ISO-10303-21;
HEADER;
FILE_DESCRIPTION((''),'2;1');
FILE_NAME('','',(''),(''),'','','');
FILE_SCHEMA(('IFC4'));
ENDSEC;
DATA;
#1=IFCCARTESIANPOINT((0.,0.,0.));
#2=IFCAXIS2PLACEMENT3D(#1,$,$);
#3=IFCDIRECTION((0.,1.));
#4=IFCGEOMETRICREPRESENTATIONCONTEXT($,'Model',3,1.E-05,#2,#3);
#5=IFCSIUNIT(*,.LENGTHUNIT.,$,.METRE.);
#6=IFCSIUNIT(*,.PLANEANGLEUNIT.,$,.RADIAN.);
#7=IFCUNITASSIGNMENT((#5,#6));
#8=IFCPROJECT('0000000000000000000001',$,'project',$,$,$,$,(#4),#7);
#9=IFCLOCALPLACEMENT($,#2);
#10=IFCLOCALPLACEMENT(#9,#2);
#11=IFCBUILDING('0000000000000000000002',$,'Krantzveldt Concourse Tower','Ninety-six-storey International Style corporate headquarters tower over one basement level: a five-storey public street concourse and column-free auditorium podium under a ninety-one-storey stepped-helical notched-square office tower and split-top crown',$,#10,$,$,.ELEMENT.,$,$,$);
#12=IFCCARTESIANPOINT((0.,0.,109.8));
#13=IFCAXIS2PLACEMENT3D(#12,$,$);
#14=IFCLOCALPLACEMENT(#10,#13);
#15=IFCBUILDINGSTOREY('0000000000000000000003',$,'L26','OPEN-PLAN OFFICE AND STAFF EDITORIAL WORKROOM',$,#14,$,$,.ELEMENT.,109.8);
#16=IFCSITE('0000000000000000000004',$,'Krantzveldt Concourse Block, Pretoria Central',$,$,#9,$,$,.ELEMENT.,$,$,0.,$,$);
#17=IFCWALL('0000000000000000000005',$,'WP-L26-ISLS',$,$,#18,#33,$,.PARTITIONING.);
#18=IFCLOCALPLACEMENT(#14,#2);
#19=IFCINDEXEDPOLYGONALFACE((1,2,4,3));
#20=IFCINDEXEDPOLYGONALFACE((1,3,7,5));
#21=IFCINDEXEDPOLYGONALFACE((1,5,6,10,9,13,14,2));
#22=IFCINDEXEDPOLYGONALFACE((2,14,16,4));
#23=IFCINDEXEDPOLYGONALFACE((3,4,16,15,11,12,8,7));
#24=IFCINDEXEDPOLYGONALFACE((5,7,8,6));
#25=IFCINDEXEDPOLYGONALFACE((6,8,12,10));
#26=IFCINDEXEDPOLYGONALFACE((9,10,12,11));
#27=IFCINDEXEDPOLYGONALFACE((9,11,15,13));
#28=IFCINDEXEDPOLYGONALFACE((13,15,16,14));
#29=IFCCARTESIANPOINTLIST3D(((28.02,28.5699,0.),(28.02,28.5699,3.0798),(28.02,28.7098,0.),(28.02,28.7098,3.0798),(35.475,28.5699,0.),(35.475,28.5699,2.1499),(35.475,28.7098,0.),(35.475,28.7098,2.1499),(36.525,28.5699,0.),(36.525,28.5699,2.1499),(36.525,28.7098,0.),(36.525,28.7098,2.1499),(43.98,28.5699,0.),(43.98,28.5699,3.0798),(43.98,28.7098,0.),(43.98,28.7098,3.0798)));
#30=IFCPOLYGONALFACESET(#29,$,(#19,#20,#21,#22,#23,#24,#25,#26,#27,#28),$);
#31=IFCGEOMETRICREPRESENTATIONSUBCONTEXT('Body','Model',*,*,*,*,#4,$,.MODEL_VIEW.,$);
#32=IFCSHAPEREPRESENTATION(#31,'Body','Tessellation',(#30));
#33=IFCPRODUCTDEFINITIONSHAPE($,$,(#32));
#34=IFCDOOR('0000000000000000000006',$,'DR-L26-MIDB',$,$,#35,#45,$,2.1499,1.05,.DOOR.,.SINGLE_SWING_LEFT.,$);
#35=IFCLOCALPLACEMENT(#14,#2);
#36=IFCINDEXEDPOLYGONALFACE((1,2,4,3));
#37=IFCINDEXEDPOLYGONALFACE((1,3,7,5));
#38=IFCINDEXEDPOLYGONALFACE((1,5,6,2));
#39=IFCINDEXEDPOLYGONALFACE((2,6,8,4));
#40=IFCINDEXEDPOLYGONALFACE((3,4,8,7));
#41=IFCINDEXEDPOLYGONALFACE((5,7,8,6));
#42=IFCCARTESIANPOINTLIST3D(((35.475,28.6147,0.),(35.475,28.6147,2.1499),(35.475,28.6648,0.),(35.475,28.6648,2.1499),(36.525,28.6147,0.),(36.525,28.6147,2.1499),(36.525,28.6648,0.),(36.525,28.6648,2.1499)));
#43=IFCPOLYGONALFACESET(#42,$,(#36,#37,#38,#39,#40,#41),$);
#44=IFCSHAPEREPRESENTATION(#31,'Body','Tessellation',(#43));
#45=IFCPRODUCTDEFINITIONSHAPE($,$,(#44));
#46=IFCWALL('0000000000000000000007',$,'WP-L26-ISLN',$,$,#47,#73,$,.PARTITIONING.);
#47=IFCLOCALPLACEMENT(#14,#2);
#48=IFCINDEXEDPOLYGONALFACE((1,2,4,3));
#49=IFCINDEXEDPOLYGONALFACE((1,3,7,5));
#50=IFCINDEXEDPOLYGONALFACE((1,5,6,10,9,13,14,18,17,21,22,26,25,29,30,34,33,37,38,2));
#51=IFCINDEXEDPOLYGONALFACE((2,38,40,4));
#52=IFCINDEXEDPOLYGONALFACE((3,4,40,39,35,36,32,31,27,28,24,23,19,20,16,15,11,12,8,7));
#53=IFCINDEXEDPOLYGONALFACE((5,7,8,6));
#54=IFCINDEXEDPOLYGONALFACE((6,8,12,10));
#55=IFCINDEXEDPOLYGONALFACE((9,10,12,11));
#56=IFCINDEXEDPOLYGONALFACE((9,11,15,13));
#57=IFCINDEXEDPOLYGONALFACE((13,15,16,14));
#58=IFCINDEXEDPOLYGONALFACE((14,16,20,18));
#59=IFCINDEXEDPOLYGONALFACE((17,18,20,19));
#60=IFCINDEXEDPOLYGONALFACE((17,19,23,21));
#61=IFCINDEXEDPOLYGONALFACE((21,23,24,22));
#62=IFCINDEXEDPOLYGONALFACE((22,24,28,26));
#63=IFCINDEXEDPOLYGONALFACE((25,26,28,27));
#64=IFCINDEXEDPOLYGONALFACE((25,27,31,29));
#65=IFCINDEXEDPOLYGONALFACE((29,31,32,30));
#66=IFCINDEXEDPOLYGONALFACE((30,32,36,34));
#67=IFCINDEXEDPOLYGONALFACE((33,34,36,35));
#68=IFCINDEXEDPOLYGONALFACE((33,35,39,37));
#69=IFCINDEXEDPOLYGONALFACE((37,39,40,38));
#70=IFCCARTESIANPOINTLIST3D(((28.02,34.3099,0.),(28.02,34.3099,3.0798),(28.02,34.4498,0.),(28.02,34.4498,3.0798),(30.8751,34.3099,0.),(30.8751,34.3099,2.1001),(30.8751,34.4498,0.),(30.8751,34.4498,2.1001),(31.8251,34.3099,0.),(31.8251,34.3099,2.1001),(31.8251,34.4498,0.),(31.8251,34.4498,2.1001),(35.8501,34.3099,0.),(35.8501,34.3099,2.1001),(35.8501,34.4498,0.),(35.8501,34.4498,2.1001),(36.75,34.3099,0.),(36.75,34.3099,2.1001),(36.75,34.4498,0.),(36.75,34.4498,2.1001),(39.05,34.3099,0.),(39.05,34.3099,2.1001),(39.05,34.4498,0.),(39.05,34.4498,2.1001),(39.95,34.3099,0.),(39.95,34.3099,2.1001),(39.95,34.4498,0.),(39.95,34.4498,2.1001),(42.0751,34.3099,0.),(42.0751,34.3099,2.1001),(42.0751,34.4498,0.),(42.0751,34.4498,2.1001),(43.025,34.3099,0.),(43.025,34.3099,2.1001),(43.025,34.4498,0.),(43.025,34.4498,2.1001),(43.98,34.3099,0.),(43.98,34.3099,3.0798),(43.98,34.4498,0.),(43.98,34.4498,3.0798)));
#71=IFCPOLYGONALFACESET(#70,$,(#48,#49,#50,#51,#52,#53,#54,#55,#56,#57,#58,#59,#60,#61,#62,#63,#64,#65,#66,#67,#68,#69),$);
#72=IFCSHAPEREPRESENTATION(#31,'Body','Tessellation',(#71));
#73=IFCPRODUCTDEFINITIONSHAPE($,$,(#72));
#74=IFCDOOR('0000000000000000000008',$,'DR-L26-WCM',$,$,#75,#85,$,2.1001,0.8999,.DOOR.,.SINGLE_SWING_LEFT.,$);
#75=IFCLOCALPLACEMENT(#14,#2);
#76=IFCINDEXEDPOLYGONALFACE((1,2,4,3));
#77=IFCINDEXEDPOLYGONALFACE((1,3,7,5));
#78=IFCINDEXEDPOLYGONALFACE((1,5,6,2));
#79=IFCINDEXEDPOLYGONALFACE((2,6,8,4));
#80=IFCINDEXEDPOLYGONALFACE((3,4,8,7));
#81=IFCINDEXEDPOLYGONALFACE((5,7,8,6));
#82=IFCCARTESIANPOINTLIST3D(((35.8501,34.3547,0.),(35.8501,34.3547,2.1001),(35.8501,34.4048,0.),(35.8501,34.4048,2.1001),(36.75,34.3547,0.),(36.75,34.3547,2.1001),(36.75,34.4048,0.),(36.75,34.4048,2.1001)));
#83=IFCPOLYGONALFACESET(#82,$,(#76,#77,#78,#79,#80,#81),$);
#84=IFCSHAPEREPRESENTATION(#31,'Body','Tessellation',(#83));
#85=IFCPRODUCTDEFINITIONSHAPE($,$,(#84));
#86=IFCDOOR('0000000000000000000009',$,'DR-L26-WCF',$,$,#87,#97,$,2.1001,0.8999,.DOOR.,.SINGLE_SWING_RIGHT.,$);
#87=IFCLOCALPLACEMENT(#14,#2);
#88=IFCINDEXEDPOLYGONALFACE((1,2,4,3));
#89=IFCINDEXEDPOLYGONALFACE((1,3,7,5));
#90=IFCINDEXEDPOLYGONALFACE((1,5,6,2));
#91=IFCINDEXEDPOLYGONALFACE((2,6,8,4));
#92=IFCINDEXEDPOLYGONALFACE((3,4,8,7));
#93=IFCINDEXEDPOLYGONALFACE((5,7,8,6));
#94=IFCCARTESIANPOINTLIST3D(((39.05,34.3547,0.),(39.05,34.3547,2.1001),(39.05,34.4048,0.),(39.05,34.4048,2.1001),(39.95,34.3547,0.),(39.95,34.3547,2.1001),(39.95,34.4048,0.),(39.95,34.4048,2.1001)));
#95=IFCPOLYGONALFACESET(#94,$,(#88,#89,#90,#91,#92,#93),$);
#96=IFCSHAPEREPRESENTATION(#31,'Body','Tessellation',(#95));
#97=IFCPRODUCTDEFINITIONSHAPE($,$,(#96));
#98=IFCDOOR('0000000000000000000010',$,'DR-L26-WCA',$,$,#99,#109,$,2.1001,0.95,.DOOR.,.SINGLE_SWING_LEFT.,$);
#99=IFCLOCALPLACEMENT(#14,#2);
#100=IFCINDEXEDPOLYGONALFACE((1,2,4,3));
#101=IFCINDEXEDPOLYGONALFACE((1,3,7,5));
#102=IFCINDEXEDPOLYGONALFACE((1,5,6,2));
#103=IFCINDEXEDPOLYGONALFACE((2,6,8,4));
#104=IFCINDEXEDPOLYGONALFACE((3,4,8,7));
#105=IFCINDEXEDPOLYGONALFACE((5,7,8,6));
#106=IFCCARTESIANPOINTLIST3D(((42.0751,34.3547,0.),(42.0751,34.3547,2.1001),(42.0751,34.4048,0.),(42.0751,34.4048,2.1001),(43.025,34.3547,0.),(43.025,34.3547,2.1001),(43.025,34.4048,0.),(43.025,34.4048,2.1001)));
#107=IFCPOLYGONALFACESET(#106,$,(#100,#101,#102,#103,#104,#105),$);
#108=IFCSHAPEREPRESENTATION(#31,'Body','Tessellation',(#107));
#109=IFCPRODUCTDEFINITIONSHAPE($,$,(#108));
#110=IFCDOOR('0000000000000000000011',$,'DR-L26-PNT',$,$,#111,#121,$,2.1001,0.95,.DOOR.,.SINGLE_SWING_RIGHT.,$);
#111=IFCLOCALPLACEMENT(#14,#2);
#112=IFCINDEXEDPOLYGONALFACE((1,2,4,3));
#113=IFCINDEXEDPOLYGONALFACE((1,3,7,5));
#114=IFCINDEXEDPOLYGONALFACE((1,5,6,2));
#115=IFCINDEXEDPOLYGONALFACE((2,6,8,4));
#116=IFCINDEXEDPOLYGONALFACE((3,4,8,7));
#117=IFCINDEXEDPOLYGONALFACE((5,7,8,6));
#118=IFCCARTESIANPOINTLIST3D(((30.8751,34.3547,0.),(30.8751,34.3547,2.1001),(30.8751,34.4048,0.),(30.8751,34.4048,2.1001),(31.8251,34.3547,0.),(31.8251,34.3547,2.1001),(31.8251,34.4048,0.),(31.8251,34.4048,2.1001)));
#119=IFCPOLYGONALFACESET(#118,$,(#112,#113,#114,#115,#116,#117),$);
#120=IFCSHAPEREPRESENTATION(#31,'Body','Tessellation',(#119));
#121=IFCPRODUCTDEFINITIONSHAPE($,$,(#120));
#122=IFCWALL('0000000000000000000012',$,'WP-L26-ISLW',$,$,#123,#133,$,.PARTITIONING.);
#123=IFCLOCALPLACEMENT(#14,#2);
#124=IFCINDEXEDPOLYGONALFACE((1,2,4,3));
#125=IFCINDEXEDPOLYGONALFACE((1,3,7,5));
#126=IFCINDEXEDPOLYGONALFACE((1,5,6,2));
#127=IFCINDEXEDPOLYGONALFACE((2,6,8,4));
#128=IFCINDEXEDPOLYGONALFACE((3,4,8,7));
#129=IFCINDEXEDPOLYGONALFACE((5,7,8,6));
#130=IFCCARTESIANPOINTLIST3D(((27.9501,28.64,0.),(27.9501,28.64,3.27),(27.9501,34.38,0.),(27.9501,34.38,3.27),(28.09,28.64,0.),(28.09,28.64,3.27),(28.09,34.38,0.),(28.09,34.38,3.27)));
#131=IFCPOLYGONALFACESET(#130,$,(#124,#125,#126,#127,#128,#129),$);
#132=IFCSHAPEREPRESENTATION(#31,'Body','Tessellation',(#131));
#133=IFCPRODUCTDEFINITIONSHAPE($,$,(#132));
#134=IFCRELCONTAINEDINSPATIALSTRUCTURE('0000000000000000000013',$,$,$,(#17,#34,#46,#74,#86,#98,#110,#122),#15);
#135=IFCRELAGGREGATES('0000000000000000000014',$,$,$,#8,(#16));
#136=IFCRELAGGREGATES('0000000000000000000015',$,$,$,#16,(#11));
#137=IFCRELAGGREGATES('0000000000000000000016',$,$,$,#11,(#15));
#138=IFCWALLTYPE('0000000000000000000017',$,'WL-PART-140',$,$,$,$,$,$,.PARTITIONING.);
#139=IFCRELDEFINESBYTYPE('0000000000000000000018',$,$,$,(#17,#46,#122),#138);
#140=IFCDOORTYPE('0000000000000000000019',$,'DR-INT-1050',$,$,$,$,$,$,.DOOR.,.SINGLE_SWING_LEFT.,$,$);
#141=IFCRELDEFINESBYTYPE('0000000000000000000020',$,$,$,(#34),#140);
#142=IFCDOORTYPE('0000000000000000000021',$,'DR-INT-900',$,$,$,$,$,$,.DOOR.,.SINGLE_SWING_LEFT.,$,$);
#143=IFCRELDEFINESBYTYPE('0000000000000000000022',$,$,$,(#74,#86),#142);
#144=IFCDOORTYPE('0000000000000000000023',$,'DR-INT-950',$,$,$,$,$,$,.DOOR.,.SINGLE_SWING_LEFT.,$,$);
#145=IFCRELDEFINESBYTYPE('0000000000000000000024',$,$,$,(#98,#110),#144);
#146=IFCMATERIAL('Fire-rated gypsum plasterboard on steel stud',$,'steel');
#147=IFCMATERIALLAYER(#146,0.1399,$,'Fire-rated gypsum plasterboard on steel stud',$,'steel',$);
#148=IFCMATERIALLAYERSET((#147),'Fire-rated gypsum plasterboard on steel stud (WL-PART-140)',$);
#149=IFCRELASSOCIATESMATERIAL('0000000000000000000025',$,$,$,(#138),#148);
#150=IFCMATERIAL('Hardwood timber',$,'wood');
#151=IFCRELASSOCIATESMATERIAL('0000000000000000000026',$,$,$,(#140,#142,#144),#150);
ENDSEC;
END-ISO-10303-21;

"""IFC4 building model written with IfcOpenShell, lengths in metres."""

from ifc_helpers import new_model, si_unit, direction, frame, frame_2d, origin, place, context, subcontext, project, spatial, rectangle, extrude, material, layer, layer_set, type_object, element, fill, save


model = new_model("IFC4")

# Units and contexts
model_context = context("Model", 3, precision=1e-05, world=origin(), true_north=direction((0.0, 1.0)))
body_context = subcontext(model_context, "Body", "Model", "MODEL_VIEW")
ifc_project = project(units=[si_unit("LENGTHUNIT", "METRE"), si_unit("PLANEANGLEUNIT", "RADIAN")], contexts=[model_context])

# Site, building, storey
site_placement = place(None, origin())
site = spatial("IfcSite", under=ifc_project, at=site_placement, Name="Krantzveldt Concourse Block, Pretoria Central", CompositionType="ELEMENT", RefElevation=0.0)
building_placement = place(site_placement, origin())
building = spatial("IfcBuilding", under=site, at=building_placement, Name="Krantzveldt Concourse Tower", Description="Ninety-six-storey International Style corporate headquarters tower over one basement level: a five-storey public street concourse and column-free auditorium podium under a ninety-one-storey stepped-helical notched-square office tower and split-top crown", CompositionType="ELEMENT")
storey_placement = place(building_placement, frame((0.0, 0.0, 109.8)))
storey = spatial("IfcBuildingStorey", under=building, at=storey_placement, Name="L26", Description="OPEN-PLAN OFFICE AND STAFF EDITORIAL WORKROOM", CompositionType="ELEMENT", Elevation=109.8)

# Shared definitions
ifc_material_1 = material(Name="Fire-rated gypsum plasterboard on steel stud", Category="steel")

# Wall, opening, door
ifc_layer_1 = layer(ifc_material_1, 0.1399, Name="Fire-rated gypsum plasterboard on steel stud", Category="steel")
ifc_layer_set_1 = layer_set([ifc_layer_1], Name="Fire-rated gypsum plasterboard on steel stud (WL-PART-140)")
wall_type_1 = type_object("IfcWallType", Name="WL-PART-140", PredefinedType="PARTITIONING", material=ifc_layer_set_1)
wall_1_placement = place(storey_placement, frame((28.02, 28.6399, 0.0), z_axis=(0.0, 0.0, 1.0), x_axis=(1.0, 0.0, 0.0)))
wall_1 = element("IfcWall", 1, at=wall_1_placement, inside=storey, type_object=wall_type_1, Name="WP-L26-ISLS", PredefinedType="PARTITIONING", context=body_context, shape_type="SweptSolid", body=[
    extrude(rectangle(XDim=15.96, YDim=0.1399, at=frame_2d((7.98, 0.0))), origin(), (0.0, 0.0, 1.0), 3.0798),
])
opening_1_placement = place(wall_1_placement, frame((7.4551, 0.0, 0.0)))
opening_1 = element("IfcOpeningElement", 2, at=opening_1_placement, cuts=wall_1, PredefinedType="OPENING", context=body_context, shape_type="SweptSolid", body=[
    extrude(rectangle(XDim=1.05, YDim=2.1499, at=frame_2d((0.5249, 1.075))), frame((0.0, 0.0801, 0.0), z_axis=(0.0, -1.0, 0.0), x_axis=(1.0, 0.0, 0.0)), (0.0, 0.0, 1.0), 0.1599),
])
ifc_material_2 = material(Name="Hardwood timber", Category="wood")
door_type_1 = type_object("IfcDoorType", Name="DR-INT-1050", OperationType="SINGLE_SWING_LEFT", PredefinedType="DOOR", material=ifc_material_2)
door_1_placement = place(opening_1_placement, origin())
door_1 = element("IfcDoor", 3, at=door_1_placement, inside=storey, type_object=door_type_1, Name="DR-L26-MIDB", OperationType="SINGLE_SWING_LEFT", OverallHeight=2.1499, OverallWidth=1.05, PredefinedType="DOOR", context=body_context, shape_type="SweptSolid", body=[
    extrude(rectangle(XDim=1.05, YDim=2.1499, at=frame_2d((0.5249, 1.075))), frame((0.0, 0.0249, 0.0), z_axis=(0.0, -1.0, 0.0), x_axis=(1.0, 0.0, 0.0)), (0.0, 0.0, 1.0), 0.05),
])
fill(opening_1, door_1)

# Wall, openings, doors
wall_2_placement = place(storey_placement, frame((28.02, 34.3799, 0.0), z_axis=(0.0, 0.0, 1.0), x_axis=(1.0, 0.0, 0.0)))
wall_2 = element("IfcWall", 4, at=wall_2_placement, inside=storey, type_object=wall_type_1, Name="WP-L26-ISLN", PredefinedType="PARTITIONING", context=body_context, shape_type="SweptSolid", body=[
    extrude(rectangle(XDim=15.96, YDim=0.1399, at=frame_2d((7.98, 0.0))), origin(), (0.0, 0.0, 1.0), 3.0798),
])
opening_2_placement = place(wall_2_placement, frame((7.8301, 0.0, 0.0)))
opening_2 = element("IfcOpeningElement", 5, at=opening_2_placement, cuts=wall_2, PredefinedType="OPENING", context=body_context, shape_type="SweptSolid", body=[
    extrude(rectangle(XDim=0.8999, YDim=2.1001, at=frame_2d((0.45, 1.05))), frame((0.0, 0.0801, 0.0), z_axis=(0.0, -1.0, 0.0), x_axis=(1.0, 0.0, 0.0)), (0.0, 0.0, 1.0), 0.1599),
])
opening_3_placement = place(wall_2_placement, frame((11.03, 0.0, 0.0)))
opening_3 = element("IfcOpeningElement", 6, at=opening_3_placement, cuts=wall_2, PredefinedType="OPENING", context=body_context, shape_type="SweptSolid", body=[
    extrude(rectangle(XDim=0.8999, YDim=2.1001, at=frame_2d((0.45, 1.05))), frame((0.0, 0.0801, 0.0), z_axis=(0.0, -1.0, 0.0), x_axis=(1.0, 0.0, 0.0)), (0.0, 0.0, 1.0), 0.1599),
])
opening_4_placement = place(wall_2_placement, frame((14.0549, 0.0, 0.0)))
opening_4 = element("IfcOpeningElement", 7, at=opening_4_placement, cuts=wall_2, PredefinedType="OPENING", context=body_context, shape_type="SweptSolid", body=[
    extrude(rectangle(XDim=0.95, YDim=2.1001, at=frame_2d((0.4751, 1.05))), frame((0.0, 0.0801, 0.0), z_axis=(0.0, -1.0, 0.0), x_axis=(1.0, 0.0, 0.0)), (0.0, 0.0, 1.0), 0.1599),
])
opening_5_placement = place(wall_2_placement, frame((2.855, 0.0, 0.0)))
opening_5 = element("IfcOpeningElement", 8, at=opening_5_placement, cuts=wall_2, PredefinedType="OPENING", context=body_context, shape_type="SweptSolid", body=[
    extrude(rectangle(XDim=0.95, YDim=2.1001, at=frame_2d((0.4751, 1.05))), frame((0.0, 0.0801, 0.0), z_axis=(0.0, -1.0, 0.0), x_axis=(1.0, 0.0, 0.0)), (0.0, 0.0, 1.0), 0.1599),
])
door_type_2 = type_object("IfcDoorType", Name="DR-INT-900", OperationType="SINGLE_SWING_LEFT", PredefinedType="DOOR", material=ifc_material_2)
door_2_placement = place(opening_2_placement, origin())
door_2 = element("IfcDoor", 9, at=door_2_placement, inside=storey, type_object=door_type_2, Name="DR-L26-WCM", OperationType="SINGLE_SWING_LEFT", OverallHeight=2.1001, OverallWidth=0.8999, PredefinedType="DOOR", context=body_context, shape_type="SweptSolid", body=[
    extrude(rectangle(XDim=0.8999, YDim=2.1001, at=frame_2d((0.45, 1.05))), frame((0.0, 0.0249, 0.0), z_axis=(0.0, -1.0, 0.0), x_axis=(1.0, 0.0, 0.0)), (0.0, 0.0, 1.0), 0.05),
])
fill(opening_2, door_2)
door_3_placement = place(opening_3_placement, origin())
door_3 = element("IfcDoor", 10, at=door_3_placement, inside=storey, type_object=door_type_2, Name="DR-L26-WCF", OperationType="SINGLE_SWING_RIGHT", OverallHeight=2.1001, OverallWidth=0.8999, PredefinedType="DOOR", context=body_context, shape_type="SweptSolid", body=[
    extrude(rectangle(XDim=0.8999, YDim=2.1001, at=frame_2d((0.45, 1.05))), frame((0.0, 0.0249, 0.0), z_axis=(0.0, -1.0, 0.0), x_axis=(1.0, 0.0, 0.0)), (0.0, 0.0, 1.0), 0.05),
])
fill(opening_3, door_3)
door_type_3 = type_object("IfcDoorType", Name="DR-INT-950", OperationType="SINGLE_SWING_LEFT", PredefinedType="DOOR", material=ifc_material_2)
door_4_placement = place(opening_4_placement, origin())
door_4 = element("IfcDoor", 11, at=door_4_placement, inside=storey, type_object=door_type_3, Name="DR-L26-WCA", OperationType="SINGLE_SWING_LEFT", OverallHeight=2.1001, OverallWidth=0.95, PredefinedType="DOOR", context=body_context, shape_type="SweptSolid", body=[
    extrude(rectangle(XDim=0.95, YDim=2.1001, at=frame_2d((0.4751, 1.05))), frame((0.0, 0.0249, 0.0), z_axis=(0.0, -1.0, 0.0), x_axis=(1.0, 0.0, 0.0)), (0.0, 0.0, 1.0), 0.05),
])
fill(opening_4, door_4)
door_5_placement = place(opening_5_placement, origin())
door_5 = element("IfcDoor", 12, at=door_5_placement, inside=storey, type_object=door_type_3, Name="DR-L26-PNT", OperationType="SINGLE_SWING_RIGHT", OverallHeight=2.1001, OverallWidth=0.95, PredefinedType="DOOR", context=body_context, shape_type="SweptSolid", body=[
    extrude(rectangle(XDim=0.95, YDim=2.1001, at=frame_2d((0.4751, 1.05))), frame((0.0, 0.0249, 0.0), z_axis=(0.0, -1.0, 0.0), x_axis=(1.0, 0.0, 0.0)), (0.0, 0.0, 1.0), 0.05),
])
fill(opening_5, door_5)

# Wall
wall_3_placement = place(storey_placement, frame((28.02, 28.6399, 0.0), z_axis=(0.0, 0.0, 1.0), x_axis=(0.0, 1.0, 0.0)))
element("IfcWall", 13, at=wall_3_placement, inside=storey, type_object=wall_type_1, Name="WP-L26-ISLW", PredefinedType="PARTITIONING", context=body_context, shape_type="SweptSolid", body=[
    extrude(rectangle(XDim=5.74, YDim=0.1399, at=frame_2d((2.8701, 0.0))), origin(), (0.0, 0.0, 1.0), 3.27),
])

save(model, "model.ifc")
